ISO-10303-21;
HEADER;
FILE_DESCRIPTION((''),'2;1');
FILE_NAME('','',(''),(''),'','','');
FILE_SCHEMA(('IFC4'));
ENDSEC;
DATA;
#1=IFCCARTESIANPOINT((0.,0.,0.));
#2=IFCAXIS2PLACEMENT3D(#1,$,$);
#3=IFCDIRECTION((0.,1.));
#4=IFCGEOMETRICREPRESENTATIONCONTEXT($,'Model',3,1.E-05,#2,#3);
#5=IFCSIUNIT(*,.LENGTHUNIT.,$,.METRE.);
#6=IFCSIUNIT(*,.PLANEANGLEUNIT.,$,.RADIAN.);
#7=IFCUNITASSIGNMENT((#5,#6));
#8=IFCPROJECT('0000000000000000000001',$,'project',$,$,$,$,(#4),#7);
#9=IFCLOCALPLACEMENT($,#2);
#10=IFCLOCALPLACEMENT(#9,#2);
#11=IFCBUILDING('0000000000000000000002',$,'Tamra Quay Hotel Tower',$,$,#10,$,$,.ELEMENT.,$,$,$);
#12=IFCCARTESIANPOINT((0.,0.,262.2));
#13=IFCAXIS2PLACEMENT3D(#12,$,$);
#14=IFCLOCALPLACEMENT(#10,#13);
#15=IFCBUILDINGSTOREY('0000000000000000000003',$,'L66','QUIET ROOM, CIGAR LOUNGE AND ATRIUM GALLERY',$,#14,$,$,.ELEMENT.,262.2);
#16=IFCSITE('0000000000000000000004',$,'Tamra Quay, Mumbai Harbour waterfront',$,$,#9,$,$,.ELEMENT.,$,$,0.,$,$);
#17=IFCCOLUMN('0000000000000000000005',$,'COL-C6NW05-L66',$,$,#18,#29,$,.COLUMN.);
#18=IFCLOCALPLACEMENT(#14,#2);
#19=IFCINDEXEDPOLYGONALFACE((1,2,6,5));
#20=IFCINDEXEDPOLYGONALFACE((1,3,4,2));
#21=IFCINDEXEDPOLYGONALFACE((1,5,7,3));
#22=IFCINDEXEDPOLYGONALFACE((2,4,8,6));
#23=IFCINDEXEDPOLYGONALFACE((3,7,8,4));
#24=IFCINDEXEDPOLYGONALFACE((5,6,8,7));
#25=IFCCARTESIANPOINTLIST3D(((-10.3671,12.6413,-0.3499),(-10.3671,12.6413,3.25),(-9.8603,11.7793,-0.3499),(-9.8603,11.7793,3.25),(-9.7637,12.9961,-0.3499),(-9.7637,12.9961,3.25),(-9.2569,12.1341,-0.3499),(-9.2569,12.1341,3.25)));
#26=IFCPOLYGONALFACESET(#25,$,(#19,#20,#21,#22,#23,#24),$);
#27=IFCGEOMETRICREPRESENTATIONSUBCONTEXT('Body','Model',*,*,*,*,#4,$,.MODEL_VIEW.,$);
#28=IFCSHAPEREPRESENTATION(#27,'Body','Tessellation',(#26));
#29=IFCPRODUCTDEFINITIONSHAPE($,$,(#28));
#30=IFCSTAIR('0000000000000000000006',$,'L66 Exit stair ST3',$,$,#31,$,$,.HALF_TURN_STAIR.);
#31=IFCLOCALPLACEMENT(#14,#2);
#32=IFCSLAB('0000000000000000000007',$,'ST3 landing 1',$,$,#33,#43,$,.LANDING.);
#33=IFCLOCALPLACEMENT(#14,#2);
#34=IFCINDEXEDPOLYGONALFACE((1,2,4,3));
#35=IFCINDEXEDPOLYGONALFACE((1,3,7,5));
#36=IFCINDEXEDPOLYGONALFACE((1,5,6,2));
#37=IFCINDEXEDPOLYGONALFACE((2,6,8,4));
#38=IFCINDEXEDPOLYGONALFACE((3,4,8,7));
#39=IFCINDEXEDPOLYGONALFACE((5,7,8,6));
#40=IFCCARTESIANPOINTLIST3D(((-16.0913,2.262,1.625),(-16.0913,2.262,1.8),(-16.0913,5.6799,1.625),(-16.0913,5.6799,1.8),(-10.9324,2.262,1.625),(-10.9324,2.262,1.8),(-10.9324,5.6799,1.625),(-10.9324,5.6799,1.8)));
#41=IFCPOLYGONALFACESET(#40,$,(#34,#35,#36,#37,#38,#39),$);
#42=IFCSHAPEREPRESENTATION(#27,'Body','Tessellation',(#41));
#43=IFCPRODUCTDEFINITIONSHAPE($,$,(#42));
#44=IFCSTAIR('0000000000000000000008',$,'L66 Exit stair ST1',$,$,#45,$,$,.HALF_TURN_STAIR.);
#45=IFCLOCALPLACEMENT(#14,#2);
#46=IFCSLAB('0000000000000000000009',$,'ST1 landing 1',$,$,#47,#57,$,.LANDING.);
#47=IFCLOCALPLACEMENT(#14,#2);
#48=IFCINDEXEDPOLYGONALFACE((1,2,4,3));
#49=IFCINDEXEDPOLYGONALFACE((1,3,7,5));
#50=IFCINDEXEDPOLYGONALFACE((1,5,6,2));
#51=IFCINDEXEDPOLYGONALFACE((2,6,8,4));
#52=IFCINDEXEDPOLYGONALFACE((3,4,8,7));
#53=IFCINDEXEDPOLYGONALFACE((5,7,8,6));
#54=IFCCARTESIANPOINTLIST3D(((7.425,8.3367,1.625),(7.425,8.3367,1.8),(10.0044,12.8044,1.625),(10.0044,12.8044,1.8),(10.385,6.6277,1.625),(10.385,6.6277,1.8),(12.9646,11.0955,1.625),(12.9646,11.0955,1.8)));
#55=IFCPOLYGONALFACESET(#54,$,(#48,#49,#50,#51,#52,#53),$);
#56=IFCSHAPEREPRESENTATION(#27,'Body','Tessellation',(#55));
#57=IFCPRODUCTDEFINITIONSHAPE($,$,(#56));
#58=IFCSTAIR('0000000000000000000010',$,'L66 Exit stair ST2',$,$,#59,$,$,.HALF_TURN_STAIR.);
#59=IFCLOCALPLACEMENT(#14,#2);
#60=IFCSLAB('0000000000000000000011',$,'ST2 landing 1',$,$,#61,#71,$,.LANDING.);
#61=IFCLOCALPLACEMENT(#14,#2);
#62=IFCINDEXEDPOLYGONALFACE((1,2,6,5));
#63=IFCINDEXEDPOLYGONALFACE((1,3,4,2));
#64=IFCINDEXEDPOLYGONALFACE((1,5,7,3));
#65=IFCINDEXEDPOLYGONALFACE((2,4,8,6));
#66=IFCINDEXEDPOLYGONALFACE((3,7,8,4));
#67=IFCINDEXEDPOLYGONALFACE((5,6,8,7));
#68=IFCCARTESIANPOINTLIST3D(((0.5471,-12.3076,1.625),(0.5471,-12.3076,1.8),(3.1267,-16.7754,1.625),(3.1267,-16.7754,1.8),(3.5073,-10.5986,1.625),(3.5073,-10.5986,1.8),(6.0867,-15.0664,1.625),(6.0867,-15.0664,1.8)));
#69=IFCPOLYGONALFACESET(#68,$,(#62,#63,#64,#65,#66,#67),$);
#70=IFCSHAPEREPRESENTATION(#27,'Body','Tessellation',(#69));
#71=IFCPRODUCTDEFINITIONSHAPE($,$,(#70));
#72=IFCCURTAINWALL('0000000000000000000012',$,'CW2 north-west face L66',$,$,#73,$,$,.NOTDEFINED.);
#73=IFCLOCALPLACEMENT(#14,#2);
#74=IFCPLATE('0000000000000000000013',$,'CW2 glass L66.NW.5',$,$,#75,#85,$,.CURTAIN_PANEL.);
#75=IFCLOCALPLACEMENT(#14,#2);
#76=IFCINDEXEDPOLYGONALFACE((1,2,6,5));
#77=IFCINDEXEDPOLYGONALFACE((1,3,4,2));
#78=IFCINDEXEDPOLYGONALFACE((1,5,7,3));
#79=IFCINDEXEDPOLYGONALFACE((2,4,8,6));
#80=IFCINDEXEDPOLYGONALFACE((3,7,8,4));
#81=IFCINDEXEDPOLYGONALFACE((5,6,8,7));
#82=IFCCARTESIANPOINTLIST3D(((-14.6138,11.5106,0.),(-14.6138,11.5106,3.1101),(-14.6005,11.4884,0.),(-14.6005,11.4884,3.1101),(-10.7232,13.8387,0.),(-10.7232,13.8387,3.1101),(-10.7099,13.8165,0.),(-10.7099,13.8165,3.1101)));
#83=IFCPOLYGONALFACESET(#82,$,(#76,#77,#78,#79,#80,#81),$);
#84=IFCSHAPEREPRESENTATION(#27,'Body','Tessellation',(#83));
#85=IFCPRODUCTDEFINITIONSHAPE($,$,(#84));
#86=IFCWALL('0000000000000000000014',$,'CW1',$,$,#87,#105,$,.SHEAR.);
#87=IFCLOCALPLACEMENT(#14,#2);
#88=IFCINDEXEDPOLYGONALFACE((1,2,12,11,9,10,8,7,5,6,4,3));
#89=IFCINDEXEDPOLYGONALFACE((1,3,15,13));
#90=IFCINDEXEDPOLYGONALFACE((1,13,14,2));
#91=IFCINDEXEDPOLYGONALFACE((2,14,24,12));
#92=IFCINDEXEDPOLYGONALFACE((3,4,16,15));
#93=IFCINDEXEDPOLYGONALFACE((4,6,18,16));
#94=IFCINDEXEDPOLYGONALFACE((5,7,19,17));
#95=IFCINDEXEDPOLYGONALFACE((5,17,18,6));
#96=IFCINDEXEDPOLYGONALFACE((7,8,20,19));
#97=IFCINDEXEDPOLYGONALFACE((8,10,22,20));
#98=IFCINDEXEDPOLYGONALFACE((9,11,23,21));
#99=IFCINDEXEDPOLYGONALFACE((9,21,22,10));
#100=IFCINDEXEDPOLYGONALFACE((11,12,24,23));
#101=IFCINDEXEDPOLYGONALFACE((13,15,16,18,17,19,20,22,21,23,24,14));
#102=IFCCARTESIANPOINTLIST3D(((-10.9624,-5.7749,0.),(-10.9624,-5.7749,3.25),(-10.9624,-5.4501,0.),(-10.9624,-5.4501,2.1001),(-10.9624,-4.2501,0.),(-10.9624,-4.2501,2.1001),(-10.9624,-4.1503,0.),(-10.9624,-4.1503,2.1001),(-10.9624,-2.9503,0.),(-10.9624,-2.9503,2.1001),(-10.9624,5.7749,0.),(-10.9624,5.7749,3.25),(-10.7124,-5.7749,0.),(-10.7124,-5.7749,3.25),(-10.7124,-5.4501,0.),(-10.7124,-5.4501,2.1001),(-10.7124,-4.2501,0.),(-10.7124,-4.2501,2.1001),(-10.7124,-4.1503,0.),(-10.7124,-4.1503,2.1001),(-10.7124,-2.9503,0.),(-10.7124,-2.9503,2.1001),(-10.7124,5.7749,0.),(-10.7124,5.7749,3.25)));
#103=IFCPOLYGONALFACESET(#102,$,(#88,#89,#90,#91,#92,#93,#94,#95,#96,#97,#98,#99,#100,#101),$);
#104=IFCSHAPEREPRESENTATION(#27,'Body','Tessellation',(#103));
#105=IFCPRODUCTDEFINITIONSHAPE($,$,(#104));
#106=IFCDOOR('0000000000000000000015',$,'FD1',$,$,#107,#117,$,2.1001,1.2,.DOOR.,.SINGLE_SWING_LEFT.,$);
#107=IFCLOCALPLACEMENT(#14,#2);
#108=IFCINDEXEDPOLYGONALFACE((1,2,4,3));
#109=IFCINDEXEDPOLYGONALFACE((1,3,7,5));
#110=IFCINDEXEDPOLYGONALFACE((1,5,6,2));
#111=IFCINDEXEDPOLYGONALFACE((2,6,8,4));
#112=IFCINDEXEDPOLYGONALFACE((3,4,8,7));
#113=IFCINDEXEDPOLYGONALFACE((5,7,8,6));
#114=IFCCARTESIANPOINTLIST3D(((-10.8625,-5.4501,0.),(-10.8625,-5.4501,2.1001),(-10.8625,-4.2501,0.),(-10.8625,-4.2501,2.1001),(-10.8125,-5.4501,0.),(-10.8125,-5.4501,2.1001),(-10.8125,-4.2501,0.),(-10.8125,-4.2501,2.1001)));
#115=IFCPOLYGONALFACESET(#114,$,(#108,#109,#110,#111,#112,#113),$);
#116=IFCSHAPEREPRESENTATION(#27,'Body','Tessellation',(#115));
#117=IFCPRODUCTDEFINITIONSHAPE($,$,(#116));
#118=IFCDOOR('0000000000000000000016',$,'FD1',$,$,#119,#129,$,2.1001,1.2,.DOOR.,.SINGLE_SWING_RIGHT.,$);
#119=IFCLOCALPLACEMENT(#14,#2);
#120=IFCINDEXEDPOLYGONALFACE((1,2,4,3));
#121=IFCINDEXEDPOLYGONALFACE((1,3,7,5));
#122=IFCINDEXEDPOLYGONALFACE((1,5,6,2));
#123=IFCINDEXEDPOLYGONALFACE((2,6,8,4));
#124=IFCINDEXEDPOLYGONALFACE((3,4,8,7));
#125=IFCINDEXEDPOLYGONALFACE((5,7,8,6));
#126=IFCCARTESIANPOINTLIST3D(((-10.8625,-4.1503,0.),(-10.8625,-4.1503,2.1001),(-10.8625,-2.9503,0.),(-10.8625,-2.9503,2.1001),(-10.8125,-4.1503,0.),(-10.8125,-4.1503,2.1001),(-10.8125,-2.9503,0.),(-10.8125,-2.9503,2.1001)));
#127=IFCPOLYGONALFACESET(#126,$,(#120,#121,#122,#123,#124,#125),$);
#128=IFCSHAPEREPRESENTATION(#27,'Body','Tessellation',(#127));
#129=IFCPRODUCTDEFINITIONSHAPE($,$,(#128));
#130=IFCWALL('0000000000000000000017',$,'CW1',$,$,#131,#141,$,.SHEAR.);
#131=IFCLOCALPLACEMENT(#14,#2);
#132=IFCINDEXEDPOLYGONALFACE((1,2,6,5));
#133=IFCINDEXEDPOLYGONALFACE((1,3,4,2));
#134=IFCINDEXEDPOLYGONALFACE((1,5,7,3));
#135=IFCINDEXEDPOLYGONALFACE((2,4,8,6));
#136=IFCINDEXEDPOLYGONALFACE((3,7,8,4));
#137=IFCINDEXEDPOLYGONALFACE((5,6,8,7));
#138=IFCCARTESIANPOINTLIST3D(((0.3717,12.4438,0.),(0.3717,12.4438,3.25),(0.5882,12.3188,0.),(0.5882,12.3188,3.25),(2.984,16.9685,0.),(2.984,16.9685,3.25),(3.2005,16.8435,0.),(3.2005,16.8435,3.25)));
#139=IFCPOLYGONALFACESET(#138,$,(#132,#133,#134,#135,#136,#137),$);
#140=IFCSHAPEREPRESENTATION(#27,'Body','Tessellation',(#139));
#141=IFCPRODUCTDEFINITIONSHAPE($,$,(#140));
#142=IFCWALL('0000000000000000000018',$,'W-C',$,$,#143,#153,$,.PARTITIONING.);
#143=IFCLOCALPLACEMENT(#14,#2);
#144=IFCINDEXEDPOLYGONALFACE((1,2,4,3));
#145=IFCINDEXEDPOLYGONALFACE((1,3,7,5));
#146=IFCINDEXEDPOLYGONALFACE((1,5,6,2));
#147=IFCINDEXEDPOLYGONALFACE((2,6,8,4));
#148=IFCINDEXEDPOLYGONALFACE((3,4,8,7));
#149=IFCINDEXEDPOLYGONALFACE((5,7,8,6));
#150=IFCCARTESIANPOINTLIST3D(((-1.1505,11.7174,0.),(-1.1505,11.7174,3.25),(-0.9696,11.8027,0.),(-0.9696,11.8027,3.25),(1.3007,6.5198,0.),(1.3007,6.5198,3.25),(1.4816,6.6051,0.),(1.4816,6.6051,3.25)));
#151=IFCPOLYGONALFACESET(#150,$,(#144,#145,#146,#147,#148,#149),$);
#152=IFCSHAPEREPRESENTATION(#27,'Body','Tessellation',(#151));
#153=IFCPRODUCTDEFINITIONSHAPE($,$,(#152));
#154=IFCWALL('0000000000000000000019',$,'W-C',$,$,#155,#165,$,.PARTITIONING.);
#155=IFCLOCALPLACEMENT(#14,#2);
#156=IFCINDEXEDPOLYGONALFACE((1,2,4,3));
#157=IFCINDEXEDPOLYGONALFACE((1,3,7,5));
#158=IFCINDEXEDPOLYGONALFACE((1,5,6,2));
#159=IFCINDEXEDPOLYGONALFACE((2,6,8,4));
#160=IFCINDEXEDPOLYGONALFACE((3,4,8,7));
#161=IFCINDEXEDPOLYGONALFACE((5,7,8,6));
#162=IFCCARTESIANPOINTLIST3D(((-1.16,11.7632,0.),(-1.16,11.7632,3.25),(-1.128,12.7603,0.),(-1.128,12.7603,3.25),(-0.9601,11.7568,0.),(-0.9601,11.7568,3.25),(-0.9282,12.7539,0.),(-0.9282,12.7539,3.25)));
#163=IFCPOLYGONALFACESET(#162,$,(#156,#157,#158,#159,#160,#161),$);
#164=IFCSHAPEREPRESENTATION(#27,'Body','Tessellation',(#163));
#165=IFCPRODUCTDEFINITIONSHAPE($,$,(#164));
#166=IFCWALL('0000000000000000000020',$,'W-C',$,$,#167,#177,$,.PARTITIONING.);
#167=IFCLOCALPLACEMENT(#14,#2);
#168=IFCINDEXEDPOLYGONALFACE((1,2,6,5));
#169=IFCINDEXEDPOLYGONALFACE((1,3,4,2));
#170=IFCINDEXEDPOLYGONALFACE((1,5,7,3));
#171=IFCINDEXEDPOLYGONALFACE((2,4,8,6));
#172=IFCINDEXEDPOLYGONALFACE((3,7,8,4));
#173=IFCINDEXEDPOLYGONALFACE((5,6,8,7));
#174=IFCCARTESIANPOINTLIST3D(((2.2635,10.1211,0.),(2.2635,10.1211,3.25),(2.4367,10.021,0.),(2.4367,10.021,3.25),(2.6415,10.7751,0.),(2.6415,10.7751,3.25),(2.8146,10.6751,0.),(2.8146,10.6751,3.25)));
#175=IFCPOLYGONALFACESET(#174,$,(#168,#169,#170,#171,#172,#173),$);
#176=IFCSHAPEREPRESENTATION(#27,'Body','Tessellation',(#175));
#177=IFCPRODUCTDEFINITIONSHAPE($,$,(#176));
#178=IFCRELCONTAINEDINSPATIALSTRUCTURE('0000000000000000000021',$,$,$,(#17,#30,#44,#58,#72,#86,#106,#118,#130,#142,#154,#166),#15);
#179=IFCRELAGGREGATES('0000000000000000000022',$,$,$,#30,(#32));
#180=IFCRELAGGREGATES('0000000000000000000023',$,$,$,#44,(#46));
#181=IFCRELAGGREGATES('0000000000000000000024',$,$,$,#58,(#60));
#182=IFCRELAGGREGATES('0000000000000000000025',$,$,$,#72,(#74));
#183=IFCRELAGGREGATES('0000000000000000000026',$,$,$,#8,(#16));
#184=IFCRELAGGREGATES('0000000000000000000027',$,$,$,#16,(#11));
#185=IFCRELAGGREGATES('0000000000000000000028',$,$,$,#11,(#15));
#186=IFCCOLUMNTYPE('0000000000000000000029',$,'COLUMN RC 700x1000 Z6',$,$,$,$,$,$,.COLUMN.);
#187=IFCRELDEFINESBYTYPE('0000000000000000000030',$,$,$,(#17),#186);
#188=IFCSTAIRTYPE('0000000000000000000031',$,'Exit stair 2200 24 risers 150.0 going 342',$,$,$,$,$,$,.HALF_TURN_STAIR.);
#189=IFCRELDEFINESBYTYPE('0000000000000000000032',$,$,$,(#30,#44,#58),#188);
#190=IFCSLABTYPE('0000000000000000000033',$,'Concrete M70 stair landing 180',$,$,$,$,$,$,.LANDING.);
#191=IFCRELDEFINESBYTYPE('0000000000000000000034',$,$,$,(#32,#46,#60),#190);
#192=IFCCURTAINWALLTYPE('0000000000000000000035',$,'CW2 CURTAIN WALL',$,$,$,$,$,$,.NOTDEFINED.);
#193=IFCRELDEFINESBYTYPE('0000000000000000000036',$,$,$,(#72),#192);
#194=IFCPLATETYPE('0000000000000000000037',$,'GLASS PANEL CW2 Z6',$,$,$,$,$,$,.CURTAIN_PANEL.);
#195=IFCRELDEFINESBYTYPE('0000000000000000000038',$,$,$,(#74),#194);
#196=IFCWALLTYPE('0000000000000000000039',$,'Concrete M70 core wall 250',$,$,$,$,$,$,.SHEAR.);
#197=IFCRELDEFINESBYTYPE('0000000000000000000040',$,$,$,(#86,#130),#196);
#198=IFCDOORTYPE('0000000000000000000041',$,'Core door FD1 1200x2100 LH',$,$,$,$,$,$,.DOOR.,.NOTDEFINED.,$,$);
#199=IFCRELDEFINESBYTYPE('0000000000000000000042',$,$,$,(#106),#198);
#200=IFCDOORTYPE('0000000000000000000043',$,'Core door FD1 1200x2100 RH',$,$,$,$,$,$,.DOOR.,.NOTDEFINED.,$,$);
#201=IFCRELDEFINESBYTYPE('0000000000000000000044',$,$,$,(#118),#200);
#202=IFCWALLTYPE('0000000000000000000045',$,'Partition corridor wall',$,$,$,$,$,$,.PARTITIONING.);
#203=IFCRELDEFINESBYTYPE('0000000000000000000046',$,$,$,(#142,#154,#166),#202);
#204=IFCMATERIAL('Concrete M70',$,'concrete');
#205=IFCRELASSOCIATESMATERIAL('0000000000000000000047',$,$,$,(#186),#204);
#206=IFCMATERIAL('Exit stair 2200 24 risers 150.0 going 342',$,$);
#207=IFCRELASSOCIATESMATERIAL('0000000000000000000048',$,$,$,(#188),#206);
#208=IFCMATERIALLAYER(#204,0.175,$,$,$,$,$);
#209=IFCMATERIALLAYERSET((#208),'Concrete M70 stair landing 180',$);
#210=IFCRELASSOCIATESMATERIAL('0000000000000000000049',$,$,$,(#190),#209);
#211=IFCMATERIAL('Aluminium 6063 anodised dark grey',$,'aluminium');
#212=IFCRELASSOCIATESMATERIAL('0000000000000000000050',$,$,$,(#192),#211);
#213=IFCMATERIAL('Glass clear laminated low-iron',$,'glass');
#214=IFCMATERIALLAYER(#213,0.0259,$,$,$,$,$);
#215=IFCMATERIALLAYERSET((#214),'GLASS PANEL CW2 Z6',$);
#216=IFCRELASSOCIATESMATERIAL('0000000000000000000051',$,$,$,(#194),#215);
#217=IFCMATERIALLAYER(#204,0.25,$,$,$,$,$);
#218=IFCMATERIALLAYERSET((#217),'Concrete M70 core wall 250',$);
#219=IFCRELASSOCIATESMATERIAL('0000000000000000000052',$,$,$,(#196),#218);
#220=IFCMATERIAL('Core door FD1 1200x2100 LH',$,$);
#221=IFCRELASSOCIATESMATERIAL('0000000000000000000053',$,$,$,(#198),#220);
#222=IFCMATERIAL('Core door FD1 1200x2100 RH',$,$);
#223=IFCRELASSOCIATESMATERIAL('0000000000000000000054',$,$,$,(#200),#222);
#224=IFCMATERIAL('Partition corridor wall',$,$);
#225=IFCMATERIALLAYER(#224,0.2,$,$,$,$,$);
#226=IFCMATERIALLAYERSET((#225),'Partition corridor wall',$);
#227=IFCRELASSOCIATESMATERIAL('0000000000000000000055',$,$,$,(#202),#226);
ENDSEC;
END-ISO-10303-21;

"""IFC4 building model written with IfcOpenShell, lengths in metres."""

from ifc_helpers import new_model, si_unit, direction, frame, frame_2d, origin, origin_2d, place, context, subcontext, project, spatial, polyline, rectangle, outline, extrude, material, layer, layer_set, material_profile, profile_set, type_object, element, fill, aggregate, save


model = new_model("IFC4")

# Units and contexts
model_context = context("Model", 3, precision=1e-05, world=origin(), true_north=direction((0.0, 1.0)))
body_context = subcontext(model_context, "Body", "Model", "MODEL_VIEW")
ifc_project = project(units=[si_unit("LENGTHUNIT", "METRE"), si_unit("PLANEANGLEUNIT", "RADIAN")], contexts=[model_context])

# Site, building, storey
site_placement = place(None, origin())
site = spatial("IfcSite", under=ifc_project, at=site_placement, Name="Tamra Quay, Mumbai Harbour waterfront", CompositionType="ELEMENT", RefElevation=0.0)
building_placement = place(site_placement, origin())
building = spatial("IfcBuilding", under=site, at=building_placement, Name="Tamra Quay Hotel Tower", CompositionType="ELEMENT")
storey_placement = place(building_placement, frame((0.0, 0.0, 262.2)))
storey = spatial("IfcBuildingStorey", under=building, at=storey_placement, Name="L66", Description="QUIET ROOM, CIGAR LOUNGE AND ATRIUM GALLERY", CompositionType="ELEMENT", Elevation=262.2)

# Column
ifc_material_1 = material(Name="Concrete M70", Category="concrete")
ifc_material_profile = material_profile(ifc_material_1, rectangle(XDim=1.0, YDim=0.7, at=origin_2d()), Name="COLUMN RC 700x1000 Z6")
ifc_profile_set = profile_set([ifc_material_profile], Name="Concrete M70")
column_type = type_object("IfcColumnType", Name="COLUMN RC 700x1000 Z6", PredefinedType="COLUMN", material=ifc_profile_set)
column_placement = place(storey_placement, frame((-9.812, 12.3877, -0.3499), z_axis=(0.0, 0.0, 1.0), x_axis=(-0.506843, 0.862038, 0.0)))
element("IfcColumn", 1, at=column_placement, inside=storey, type_object=column_type, Name="COL-C6NW05-L66", PredefinedType="COLUMN", context=body_context, shape_type="SweptSolid", body=[
    extrude(rectangle(XDim=1.0, YDim=0.7, at=origin_2d()), origin(), (0.0, 0.0, 1.0), 3.5999),
])

# Stairs, slabs
ifc_material_2 = material(Name="Exit stair 2200 24 risers 150.0 going 342")
stair_type = type_object("IfcStairType", Name="Exit stair 2200 24 risers 150.0 going 342", PredefinedType="HALF_TURN_STAIR", material=ifc_material_2)
stair_1_placement = place(storey_placement, origin())
stair_1 = element("IfcStair", 2, at=stair_1_placement, inside=storey, type_object=stair_type, Name="L66 Exit stair ST3", PredefinedType="HALF_TURN_STAIR")
ifc_layer_1 = layer(ifc_material_1, 0.175)
ifc_layer_set_1 = layer_set([ifc_layer_1], Name="Concrete M70 stair landing 180")
slab_type_1 = type_object("IfcSlabType", Name="Concrete M70 stair landing 180", PredefinedType="LANDING", material=ifc_layer_set_1)
slab_1_placement = place(storey_placement, frame((0.0, 0.0, 1.625)))
slab_1 = element("IfcSlab", 3, at=slab_1_placement, type_object=slab_type_1, Name="ST3 landing 1", PredefinedType="LANDING", context=body_context, shape_type="SweptSolid", body=[
    extrude(outline(polyline([(-10.9324, 2.262), (-10.9324, 5.6799), (-16.0913, 5.6799), (-16.0913, 2.262), (-10.9324, 2.262)])), origin(), (0.0, 0.0, 1.0), 0.175),
])
aggregate(stair_1, [slab_1])
stair_2_placement = place(storey_placement, origin())
stair_2 = element("IfcStair", 4, at=stair_2_placement, inside=storey, type_object=stair_type, Name="L66 Exit stair ST1", PredefinedType="HALF_TURN_STAIR")
slab_2_placement = place(storey_placement, frame((0.0, 0.0, 1.625)))
slab_2 = element("IfcSlab", 5, at=slab_2_placement, type_object=slab_type_1, Name="ST1 landing 1", PredefinedType="LANDING", context=body_context, shape_type="SweptSolid", body=[
    extrude(outline(polyline([(7.425, 8.3367), (10.385, 6.6277), (12.9646, 11.0955), (10.0044, 12.8044), (7.425, 8.3367)])), origin(), (0.0, 0.0, 1.0), 0.175),
])
aggregate(stair_2, [slab_2])
stair_3_placement = place(storey_placement, origin())
stair_3 = element("IfcStair", 6, at=stair_3_placement, inside=storey, type_object=stair_type, Name="L66 Exit stair ST2", PredefinedType="HALF_TURN_STAIR")
slab_3_placement = place(storey_placement, frame((0.0, 0.0, 1.625)))
slab_3 = element("IfcSlab", 7, at=slab_3_placement, type_object=slab_type_1, Name="ST2 landing 1", PredefinedType="LANDING", context=body_context, shape_type="SweptSolid", body=[
    extrude(outline(polyline([(3.5073, -10.5986), (0.5471, -12.3076), (3.1267, -16.7754), (6.0867, -15.0664), (3.5073, -10.5986)])), origin(), (0.0, 0.0, 1.0), 0.175),
])
aggregate(stair_3, [slab_3])

# Curtain wall, plate
ifc_material_3 = material(Name="Aluminium 6063 anodised dark grey", Category="aluminium")
curtain_wall_type = type_object("IfcCurtainWallType", Name="CW2 CURTAIN WALL", PredefinedType="NOTDEFINED", material=ifc_material_3)
curtain_wall_placement = place(storey_placement, origin())
curtain_wall = element("IfcCurtainWall", 8, at=curtain_wall_placement, inside=storey, type_object=curtain_wall_type, Name="CW2 north-west face L66", PredefinedType="NOTDEFINED")
ifc_material_4 = material(Name="Glass clear laminated low-iron", Category="glass")
ifc_layer_2 = layer(ifc_material_4, 0.0259)
ifc_layer_set_2 = layer_set([ifc_layer_2], Name="GLASS PANEL CW2 Z6")
plate_type = type_object("IfcPlateType", Name="GLASS PANEL CW2 Z6", PredefinedType="CURTAIN_PANEL", material=ifc_layer_set_2)
plate_placement = place(storey_placement, frame((-12.6619, 12.6636, 0.0), z_axis=(0.0, 0.0, 1.0), x_axis=(-0.858103, -0.513477, 0.0)))
plate = element("IfcPlate", 9, at=plate_placement, type_object=plate_type, Name="CW2 glass L66.NW.5", PredefinedType="CURTAIN_PANEL", context=body_context, shape_type="SweptSolid", body=[
    extrude(rectangle(XDim=4.5339, YDim=0.0259, at=origin_2d()), origin(), (0.0, 0.0, 1.0), 3.1101),
])
aggregate(curtain_wall, [plate])

# Wall, openings, doors
ifc_layer_3 = layer(ifc_material_1, 0.25)
ifc_layer_set_3 = layer_set([ifc_layer_3], Name="Concrete M70 core wall 250")
wall_type_1 = type_object("IfcWallType", Name="Concrete M70 core wall 250", PredefinedType="SHEAR", material=ifc_layer_set_3)
wall_1_placement = place(storey_placement, frame((-10.8374, 5.7749, 0.0), z_axis=(0.0, 0.0, 1.0), x_axis=(0.0, -1.0, 0.0)))
wall_1 = element("IfcWall", 10, at=wall_1_placement, inside=storey, type_object=wall_type_1, Name="CW1", PredefinedType="SHEAR", context=body_context, shape_type="SweptSolid", body=[
    extrude(rectangle(XDim=11.5498, YDim=0.25, at=frame_2d((5.7749, 0.0))), origin(), (0.0, 0.0, 1.0), 3.25),
])
opening_1_placement = place(wall_1_placement, frame((10.0249, 0.0, 0.0)))
opening_1 = element("IfcOpeningElement", 11, at=opening_1_placement, cuts=wall_1, PredefinedType="OPENING", context=body_context, shape_type="SweptSolid", body=[
    extrude(rectangle(XDim=1.2, YDim=2.1001, at=frame_2d((0.6001, 1.05))), frame((0.0, 0.135, 0.0), z_axis=(0.0, -1.0, 0.0), x_axis=(1.0, 0.0, 0.0)), (0.0, 0.0, 1.0), 0.27),
])
opening_2_placement = place(wall_1_placement, frame((8.7251, 0.0, 0.0)))
opening_2 = element("IfcOpeningElement", 12, at=opening_2_placement, cuts=wall_1, PredefinedType="OPENING", context=body_context, shape_type="SweptSolid", body=[
    extrude(rectangle(XDim=1.2, YDim=2.1001, at=frame_2d((0.6001, 1.05))), frame((0.0, 0.135, 0.0), z_axis=(0.0, -1.0, 0.0), x_axis=(1.0, 0.0, 0.0)), (0.0, 0.0, 1.0), 0.27),
])
ifc_material_5 = material(Name="Core door FD1 1200x2100 LH")
door_type_1 = type_object("IfcDoorType", Name="Core door FD1 1200x2100 LH", OperationType="NOTDEFINED", PredefinedType="DOOR", material=ifc_material_5)
door_1_placement = place(opening_1_placement, origin())
door_1 = element("IfcDoor", 13, at=door_1_placement, inside=storey, type_object=door_type_1, Name="FD1", OperationType="SINGLE_SWING_LEFT", OverallHeight=2.1001, OverallWidth=1.2, PredefinedType="DOOR", context=body_context, shape_type="SweptSolid", body=[
    extrude(rectangle(XDim=1.2, YDim=2.1001, at=frame_2d((0.6001, 1.05))), frame((0.0, 0.0249, 0.0), z_axis=(0.0, -1.0, 0.0), x_axis=(1.0, 0.0, 0.0)), (0.0, 0.0, 1.0), 0.05),
])
fill(opening_1, door_1)
ifc_material_6 = material(Name="Core door FD1 1200x2100 RH")
door_type_2 = type_object("IfcDoorType", Name="Core door FD1 1200x2100 RH", OperationType="NOTDEFINED", PredefinedType="DOOR", material=ifc_material_6)
door_2_placement = place(opening_2_placement, origin())
door_2 = element("IfcDoor", 14, at=door_2_placement, inside=storey, type_object=door_type_2, Name="FD1", OperationType="SINGLE_SWING_RIGHT", OverallHeight=2.1001, OverallWidth=1.2, PredefinedType="DOOR", context=body_context, shape_type="SweptSolid", body=[
    extrude(rectangle(XDim=1.2, YDim=2.1001, at=frame_2d((0.6001, 1.05))), frame((0.0, 0.0249, 0.0), z_axis=(0.0, -1.0, 0.0), x_axis=(1.0, 0.0, 0.0)), (0.0, 0.0, 1.0), 0.05),
])
fill(opening_2, door_2)

# Walls
wall_2_placement = place(storey_placement, frame((0.48, 12.3813, 0.0), z_axis=(0.0, 0.0, 1.0), x_axis=(0.499999, 0.866026, 0.0)))
element("IfcWall", 15, at=wall_2_placement, inside=storey, type_object=wall_type_1, Name="CW1", PredefinedType="SHEAR", context=body_context, shape_type="SweptSolid", body=[
    extrude(rectangle(XDim=5.2246, YDim=0.25, at=frame_2d((2.6123, 0.0))), origin(), (0.0, 0.0, 1.0), 3.25),
])
ifc_material_7 = material(Name="Partition corridor wall")
ifc_layer_4 = layer(ifc_material_7, 0.2)
ifc_layer_set_4 = layer_set([ifc_layer_4], Name="Partition corridor wall")
wall_type_2 = type_object("IfcWallType", Name="Partition corridor wall", PredefinedType="PARTITIONING", material=ifc_layer_set_4)
wall_3_placement = place(storey_placement, frame((-1.0601, 11.76, 0.0), z_axis=(0.0, 0.0, 1.0), x_axis=(0.42655, -0.904464, 0.0)))
element("IfcWall", 16, at=wall_3_placement, inside=storey, type_object=wall_type_2, Name="W-C", PredefinedType="PARTITIONING", context=body_context, shape_type="SweptSolid", body=[
    extrude(rectangle(XDim=5.7466, YDim=0.2, at=frame_2d((2.8733, 0.0))), origin(), (0.0, 0.0, 1.0), 3.25),
])
wall_4_placement = place(storey_placement, frame((-1.0601, 11.76, 0.0), z_axis=(0.0, 0.0, 1.0), x_axis=(0.03206, 0.999486, 0.0)))
element("IfcWall", 17, at=wall_4_placement, inside=storey, type_object=wall_type_2, Name="W-C", PredefinedType="PARTITIONING", context=body_context, shape_type="SweptSolid", body=[
    extrude(rectangle(XDim=0.9976, YDim=0.2, at=frame_2d((0.4988, 0.0))), origin(), (0.0, 0.0, 1.0), 3.25),
])
wall_5_placement = place(storey_placement, frame((2.3501, 10.071, 0.0), z_axis=(0.0, 0.0, 1.0), x_axis=(0.50031, 0.865846, 0.0)))
element("IfcWall", 18, at=wall_5_placement, inside=storey, type_object=wall_type_2, Name="W-C", PredefinedType="PARTITIONING", context=body_context, shape_type="SweptSolid", body=[
    extrude(rectangle(XDim=0.7554, YDim=0.2, at=frame_2d((0.3777, 0.0))), origin(), (0.0, 0.0, 1.0), 3.25),
])

save(model, "model.ifc")
